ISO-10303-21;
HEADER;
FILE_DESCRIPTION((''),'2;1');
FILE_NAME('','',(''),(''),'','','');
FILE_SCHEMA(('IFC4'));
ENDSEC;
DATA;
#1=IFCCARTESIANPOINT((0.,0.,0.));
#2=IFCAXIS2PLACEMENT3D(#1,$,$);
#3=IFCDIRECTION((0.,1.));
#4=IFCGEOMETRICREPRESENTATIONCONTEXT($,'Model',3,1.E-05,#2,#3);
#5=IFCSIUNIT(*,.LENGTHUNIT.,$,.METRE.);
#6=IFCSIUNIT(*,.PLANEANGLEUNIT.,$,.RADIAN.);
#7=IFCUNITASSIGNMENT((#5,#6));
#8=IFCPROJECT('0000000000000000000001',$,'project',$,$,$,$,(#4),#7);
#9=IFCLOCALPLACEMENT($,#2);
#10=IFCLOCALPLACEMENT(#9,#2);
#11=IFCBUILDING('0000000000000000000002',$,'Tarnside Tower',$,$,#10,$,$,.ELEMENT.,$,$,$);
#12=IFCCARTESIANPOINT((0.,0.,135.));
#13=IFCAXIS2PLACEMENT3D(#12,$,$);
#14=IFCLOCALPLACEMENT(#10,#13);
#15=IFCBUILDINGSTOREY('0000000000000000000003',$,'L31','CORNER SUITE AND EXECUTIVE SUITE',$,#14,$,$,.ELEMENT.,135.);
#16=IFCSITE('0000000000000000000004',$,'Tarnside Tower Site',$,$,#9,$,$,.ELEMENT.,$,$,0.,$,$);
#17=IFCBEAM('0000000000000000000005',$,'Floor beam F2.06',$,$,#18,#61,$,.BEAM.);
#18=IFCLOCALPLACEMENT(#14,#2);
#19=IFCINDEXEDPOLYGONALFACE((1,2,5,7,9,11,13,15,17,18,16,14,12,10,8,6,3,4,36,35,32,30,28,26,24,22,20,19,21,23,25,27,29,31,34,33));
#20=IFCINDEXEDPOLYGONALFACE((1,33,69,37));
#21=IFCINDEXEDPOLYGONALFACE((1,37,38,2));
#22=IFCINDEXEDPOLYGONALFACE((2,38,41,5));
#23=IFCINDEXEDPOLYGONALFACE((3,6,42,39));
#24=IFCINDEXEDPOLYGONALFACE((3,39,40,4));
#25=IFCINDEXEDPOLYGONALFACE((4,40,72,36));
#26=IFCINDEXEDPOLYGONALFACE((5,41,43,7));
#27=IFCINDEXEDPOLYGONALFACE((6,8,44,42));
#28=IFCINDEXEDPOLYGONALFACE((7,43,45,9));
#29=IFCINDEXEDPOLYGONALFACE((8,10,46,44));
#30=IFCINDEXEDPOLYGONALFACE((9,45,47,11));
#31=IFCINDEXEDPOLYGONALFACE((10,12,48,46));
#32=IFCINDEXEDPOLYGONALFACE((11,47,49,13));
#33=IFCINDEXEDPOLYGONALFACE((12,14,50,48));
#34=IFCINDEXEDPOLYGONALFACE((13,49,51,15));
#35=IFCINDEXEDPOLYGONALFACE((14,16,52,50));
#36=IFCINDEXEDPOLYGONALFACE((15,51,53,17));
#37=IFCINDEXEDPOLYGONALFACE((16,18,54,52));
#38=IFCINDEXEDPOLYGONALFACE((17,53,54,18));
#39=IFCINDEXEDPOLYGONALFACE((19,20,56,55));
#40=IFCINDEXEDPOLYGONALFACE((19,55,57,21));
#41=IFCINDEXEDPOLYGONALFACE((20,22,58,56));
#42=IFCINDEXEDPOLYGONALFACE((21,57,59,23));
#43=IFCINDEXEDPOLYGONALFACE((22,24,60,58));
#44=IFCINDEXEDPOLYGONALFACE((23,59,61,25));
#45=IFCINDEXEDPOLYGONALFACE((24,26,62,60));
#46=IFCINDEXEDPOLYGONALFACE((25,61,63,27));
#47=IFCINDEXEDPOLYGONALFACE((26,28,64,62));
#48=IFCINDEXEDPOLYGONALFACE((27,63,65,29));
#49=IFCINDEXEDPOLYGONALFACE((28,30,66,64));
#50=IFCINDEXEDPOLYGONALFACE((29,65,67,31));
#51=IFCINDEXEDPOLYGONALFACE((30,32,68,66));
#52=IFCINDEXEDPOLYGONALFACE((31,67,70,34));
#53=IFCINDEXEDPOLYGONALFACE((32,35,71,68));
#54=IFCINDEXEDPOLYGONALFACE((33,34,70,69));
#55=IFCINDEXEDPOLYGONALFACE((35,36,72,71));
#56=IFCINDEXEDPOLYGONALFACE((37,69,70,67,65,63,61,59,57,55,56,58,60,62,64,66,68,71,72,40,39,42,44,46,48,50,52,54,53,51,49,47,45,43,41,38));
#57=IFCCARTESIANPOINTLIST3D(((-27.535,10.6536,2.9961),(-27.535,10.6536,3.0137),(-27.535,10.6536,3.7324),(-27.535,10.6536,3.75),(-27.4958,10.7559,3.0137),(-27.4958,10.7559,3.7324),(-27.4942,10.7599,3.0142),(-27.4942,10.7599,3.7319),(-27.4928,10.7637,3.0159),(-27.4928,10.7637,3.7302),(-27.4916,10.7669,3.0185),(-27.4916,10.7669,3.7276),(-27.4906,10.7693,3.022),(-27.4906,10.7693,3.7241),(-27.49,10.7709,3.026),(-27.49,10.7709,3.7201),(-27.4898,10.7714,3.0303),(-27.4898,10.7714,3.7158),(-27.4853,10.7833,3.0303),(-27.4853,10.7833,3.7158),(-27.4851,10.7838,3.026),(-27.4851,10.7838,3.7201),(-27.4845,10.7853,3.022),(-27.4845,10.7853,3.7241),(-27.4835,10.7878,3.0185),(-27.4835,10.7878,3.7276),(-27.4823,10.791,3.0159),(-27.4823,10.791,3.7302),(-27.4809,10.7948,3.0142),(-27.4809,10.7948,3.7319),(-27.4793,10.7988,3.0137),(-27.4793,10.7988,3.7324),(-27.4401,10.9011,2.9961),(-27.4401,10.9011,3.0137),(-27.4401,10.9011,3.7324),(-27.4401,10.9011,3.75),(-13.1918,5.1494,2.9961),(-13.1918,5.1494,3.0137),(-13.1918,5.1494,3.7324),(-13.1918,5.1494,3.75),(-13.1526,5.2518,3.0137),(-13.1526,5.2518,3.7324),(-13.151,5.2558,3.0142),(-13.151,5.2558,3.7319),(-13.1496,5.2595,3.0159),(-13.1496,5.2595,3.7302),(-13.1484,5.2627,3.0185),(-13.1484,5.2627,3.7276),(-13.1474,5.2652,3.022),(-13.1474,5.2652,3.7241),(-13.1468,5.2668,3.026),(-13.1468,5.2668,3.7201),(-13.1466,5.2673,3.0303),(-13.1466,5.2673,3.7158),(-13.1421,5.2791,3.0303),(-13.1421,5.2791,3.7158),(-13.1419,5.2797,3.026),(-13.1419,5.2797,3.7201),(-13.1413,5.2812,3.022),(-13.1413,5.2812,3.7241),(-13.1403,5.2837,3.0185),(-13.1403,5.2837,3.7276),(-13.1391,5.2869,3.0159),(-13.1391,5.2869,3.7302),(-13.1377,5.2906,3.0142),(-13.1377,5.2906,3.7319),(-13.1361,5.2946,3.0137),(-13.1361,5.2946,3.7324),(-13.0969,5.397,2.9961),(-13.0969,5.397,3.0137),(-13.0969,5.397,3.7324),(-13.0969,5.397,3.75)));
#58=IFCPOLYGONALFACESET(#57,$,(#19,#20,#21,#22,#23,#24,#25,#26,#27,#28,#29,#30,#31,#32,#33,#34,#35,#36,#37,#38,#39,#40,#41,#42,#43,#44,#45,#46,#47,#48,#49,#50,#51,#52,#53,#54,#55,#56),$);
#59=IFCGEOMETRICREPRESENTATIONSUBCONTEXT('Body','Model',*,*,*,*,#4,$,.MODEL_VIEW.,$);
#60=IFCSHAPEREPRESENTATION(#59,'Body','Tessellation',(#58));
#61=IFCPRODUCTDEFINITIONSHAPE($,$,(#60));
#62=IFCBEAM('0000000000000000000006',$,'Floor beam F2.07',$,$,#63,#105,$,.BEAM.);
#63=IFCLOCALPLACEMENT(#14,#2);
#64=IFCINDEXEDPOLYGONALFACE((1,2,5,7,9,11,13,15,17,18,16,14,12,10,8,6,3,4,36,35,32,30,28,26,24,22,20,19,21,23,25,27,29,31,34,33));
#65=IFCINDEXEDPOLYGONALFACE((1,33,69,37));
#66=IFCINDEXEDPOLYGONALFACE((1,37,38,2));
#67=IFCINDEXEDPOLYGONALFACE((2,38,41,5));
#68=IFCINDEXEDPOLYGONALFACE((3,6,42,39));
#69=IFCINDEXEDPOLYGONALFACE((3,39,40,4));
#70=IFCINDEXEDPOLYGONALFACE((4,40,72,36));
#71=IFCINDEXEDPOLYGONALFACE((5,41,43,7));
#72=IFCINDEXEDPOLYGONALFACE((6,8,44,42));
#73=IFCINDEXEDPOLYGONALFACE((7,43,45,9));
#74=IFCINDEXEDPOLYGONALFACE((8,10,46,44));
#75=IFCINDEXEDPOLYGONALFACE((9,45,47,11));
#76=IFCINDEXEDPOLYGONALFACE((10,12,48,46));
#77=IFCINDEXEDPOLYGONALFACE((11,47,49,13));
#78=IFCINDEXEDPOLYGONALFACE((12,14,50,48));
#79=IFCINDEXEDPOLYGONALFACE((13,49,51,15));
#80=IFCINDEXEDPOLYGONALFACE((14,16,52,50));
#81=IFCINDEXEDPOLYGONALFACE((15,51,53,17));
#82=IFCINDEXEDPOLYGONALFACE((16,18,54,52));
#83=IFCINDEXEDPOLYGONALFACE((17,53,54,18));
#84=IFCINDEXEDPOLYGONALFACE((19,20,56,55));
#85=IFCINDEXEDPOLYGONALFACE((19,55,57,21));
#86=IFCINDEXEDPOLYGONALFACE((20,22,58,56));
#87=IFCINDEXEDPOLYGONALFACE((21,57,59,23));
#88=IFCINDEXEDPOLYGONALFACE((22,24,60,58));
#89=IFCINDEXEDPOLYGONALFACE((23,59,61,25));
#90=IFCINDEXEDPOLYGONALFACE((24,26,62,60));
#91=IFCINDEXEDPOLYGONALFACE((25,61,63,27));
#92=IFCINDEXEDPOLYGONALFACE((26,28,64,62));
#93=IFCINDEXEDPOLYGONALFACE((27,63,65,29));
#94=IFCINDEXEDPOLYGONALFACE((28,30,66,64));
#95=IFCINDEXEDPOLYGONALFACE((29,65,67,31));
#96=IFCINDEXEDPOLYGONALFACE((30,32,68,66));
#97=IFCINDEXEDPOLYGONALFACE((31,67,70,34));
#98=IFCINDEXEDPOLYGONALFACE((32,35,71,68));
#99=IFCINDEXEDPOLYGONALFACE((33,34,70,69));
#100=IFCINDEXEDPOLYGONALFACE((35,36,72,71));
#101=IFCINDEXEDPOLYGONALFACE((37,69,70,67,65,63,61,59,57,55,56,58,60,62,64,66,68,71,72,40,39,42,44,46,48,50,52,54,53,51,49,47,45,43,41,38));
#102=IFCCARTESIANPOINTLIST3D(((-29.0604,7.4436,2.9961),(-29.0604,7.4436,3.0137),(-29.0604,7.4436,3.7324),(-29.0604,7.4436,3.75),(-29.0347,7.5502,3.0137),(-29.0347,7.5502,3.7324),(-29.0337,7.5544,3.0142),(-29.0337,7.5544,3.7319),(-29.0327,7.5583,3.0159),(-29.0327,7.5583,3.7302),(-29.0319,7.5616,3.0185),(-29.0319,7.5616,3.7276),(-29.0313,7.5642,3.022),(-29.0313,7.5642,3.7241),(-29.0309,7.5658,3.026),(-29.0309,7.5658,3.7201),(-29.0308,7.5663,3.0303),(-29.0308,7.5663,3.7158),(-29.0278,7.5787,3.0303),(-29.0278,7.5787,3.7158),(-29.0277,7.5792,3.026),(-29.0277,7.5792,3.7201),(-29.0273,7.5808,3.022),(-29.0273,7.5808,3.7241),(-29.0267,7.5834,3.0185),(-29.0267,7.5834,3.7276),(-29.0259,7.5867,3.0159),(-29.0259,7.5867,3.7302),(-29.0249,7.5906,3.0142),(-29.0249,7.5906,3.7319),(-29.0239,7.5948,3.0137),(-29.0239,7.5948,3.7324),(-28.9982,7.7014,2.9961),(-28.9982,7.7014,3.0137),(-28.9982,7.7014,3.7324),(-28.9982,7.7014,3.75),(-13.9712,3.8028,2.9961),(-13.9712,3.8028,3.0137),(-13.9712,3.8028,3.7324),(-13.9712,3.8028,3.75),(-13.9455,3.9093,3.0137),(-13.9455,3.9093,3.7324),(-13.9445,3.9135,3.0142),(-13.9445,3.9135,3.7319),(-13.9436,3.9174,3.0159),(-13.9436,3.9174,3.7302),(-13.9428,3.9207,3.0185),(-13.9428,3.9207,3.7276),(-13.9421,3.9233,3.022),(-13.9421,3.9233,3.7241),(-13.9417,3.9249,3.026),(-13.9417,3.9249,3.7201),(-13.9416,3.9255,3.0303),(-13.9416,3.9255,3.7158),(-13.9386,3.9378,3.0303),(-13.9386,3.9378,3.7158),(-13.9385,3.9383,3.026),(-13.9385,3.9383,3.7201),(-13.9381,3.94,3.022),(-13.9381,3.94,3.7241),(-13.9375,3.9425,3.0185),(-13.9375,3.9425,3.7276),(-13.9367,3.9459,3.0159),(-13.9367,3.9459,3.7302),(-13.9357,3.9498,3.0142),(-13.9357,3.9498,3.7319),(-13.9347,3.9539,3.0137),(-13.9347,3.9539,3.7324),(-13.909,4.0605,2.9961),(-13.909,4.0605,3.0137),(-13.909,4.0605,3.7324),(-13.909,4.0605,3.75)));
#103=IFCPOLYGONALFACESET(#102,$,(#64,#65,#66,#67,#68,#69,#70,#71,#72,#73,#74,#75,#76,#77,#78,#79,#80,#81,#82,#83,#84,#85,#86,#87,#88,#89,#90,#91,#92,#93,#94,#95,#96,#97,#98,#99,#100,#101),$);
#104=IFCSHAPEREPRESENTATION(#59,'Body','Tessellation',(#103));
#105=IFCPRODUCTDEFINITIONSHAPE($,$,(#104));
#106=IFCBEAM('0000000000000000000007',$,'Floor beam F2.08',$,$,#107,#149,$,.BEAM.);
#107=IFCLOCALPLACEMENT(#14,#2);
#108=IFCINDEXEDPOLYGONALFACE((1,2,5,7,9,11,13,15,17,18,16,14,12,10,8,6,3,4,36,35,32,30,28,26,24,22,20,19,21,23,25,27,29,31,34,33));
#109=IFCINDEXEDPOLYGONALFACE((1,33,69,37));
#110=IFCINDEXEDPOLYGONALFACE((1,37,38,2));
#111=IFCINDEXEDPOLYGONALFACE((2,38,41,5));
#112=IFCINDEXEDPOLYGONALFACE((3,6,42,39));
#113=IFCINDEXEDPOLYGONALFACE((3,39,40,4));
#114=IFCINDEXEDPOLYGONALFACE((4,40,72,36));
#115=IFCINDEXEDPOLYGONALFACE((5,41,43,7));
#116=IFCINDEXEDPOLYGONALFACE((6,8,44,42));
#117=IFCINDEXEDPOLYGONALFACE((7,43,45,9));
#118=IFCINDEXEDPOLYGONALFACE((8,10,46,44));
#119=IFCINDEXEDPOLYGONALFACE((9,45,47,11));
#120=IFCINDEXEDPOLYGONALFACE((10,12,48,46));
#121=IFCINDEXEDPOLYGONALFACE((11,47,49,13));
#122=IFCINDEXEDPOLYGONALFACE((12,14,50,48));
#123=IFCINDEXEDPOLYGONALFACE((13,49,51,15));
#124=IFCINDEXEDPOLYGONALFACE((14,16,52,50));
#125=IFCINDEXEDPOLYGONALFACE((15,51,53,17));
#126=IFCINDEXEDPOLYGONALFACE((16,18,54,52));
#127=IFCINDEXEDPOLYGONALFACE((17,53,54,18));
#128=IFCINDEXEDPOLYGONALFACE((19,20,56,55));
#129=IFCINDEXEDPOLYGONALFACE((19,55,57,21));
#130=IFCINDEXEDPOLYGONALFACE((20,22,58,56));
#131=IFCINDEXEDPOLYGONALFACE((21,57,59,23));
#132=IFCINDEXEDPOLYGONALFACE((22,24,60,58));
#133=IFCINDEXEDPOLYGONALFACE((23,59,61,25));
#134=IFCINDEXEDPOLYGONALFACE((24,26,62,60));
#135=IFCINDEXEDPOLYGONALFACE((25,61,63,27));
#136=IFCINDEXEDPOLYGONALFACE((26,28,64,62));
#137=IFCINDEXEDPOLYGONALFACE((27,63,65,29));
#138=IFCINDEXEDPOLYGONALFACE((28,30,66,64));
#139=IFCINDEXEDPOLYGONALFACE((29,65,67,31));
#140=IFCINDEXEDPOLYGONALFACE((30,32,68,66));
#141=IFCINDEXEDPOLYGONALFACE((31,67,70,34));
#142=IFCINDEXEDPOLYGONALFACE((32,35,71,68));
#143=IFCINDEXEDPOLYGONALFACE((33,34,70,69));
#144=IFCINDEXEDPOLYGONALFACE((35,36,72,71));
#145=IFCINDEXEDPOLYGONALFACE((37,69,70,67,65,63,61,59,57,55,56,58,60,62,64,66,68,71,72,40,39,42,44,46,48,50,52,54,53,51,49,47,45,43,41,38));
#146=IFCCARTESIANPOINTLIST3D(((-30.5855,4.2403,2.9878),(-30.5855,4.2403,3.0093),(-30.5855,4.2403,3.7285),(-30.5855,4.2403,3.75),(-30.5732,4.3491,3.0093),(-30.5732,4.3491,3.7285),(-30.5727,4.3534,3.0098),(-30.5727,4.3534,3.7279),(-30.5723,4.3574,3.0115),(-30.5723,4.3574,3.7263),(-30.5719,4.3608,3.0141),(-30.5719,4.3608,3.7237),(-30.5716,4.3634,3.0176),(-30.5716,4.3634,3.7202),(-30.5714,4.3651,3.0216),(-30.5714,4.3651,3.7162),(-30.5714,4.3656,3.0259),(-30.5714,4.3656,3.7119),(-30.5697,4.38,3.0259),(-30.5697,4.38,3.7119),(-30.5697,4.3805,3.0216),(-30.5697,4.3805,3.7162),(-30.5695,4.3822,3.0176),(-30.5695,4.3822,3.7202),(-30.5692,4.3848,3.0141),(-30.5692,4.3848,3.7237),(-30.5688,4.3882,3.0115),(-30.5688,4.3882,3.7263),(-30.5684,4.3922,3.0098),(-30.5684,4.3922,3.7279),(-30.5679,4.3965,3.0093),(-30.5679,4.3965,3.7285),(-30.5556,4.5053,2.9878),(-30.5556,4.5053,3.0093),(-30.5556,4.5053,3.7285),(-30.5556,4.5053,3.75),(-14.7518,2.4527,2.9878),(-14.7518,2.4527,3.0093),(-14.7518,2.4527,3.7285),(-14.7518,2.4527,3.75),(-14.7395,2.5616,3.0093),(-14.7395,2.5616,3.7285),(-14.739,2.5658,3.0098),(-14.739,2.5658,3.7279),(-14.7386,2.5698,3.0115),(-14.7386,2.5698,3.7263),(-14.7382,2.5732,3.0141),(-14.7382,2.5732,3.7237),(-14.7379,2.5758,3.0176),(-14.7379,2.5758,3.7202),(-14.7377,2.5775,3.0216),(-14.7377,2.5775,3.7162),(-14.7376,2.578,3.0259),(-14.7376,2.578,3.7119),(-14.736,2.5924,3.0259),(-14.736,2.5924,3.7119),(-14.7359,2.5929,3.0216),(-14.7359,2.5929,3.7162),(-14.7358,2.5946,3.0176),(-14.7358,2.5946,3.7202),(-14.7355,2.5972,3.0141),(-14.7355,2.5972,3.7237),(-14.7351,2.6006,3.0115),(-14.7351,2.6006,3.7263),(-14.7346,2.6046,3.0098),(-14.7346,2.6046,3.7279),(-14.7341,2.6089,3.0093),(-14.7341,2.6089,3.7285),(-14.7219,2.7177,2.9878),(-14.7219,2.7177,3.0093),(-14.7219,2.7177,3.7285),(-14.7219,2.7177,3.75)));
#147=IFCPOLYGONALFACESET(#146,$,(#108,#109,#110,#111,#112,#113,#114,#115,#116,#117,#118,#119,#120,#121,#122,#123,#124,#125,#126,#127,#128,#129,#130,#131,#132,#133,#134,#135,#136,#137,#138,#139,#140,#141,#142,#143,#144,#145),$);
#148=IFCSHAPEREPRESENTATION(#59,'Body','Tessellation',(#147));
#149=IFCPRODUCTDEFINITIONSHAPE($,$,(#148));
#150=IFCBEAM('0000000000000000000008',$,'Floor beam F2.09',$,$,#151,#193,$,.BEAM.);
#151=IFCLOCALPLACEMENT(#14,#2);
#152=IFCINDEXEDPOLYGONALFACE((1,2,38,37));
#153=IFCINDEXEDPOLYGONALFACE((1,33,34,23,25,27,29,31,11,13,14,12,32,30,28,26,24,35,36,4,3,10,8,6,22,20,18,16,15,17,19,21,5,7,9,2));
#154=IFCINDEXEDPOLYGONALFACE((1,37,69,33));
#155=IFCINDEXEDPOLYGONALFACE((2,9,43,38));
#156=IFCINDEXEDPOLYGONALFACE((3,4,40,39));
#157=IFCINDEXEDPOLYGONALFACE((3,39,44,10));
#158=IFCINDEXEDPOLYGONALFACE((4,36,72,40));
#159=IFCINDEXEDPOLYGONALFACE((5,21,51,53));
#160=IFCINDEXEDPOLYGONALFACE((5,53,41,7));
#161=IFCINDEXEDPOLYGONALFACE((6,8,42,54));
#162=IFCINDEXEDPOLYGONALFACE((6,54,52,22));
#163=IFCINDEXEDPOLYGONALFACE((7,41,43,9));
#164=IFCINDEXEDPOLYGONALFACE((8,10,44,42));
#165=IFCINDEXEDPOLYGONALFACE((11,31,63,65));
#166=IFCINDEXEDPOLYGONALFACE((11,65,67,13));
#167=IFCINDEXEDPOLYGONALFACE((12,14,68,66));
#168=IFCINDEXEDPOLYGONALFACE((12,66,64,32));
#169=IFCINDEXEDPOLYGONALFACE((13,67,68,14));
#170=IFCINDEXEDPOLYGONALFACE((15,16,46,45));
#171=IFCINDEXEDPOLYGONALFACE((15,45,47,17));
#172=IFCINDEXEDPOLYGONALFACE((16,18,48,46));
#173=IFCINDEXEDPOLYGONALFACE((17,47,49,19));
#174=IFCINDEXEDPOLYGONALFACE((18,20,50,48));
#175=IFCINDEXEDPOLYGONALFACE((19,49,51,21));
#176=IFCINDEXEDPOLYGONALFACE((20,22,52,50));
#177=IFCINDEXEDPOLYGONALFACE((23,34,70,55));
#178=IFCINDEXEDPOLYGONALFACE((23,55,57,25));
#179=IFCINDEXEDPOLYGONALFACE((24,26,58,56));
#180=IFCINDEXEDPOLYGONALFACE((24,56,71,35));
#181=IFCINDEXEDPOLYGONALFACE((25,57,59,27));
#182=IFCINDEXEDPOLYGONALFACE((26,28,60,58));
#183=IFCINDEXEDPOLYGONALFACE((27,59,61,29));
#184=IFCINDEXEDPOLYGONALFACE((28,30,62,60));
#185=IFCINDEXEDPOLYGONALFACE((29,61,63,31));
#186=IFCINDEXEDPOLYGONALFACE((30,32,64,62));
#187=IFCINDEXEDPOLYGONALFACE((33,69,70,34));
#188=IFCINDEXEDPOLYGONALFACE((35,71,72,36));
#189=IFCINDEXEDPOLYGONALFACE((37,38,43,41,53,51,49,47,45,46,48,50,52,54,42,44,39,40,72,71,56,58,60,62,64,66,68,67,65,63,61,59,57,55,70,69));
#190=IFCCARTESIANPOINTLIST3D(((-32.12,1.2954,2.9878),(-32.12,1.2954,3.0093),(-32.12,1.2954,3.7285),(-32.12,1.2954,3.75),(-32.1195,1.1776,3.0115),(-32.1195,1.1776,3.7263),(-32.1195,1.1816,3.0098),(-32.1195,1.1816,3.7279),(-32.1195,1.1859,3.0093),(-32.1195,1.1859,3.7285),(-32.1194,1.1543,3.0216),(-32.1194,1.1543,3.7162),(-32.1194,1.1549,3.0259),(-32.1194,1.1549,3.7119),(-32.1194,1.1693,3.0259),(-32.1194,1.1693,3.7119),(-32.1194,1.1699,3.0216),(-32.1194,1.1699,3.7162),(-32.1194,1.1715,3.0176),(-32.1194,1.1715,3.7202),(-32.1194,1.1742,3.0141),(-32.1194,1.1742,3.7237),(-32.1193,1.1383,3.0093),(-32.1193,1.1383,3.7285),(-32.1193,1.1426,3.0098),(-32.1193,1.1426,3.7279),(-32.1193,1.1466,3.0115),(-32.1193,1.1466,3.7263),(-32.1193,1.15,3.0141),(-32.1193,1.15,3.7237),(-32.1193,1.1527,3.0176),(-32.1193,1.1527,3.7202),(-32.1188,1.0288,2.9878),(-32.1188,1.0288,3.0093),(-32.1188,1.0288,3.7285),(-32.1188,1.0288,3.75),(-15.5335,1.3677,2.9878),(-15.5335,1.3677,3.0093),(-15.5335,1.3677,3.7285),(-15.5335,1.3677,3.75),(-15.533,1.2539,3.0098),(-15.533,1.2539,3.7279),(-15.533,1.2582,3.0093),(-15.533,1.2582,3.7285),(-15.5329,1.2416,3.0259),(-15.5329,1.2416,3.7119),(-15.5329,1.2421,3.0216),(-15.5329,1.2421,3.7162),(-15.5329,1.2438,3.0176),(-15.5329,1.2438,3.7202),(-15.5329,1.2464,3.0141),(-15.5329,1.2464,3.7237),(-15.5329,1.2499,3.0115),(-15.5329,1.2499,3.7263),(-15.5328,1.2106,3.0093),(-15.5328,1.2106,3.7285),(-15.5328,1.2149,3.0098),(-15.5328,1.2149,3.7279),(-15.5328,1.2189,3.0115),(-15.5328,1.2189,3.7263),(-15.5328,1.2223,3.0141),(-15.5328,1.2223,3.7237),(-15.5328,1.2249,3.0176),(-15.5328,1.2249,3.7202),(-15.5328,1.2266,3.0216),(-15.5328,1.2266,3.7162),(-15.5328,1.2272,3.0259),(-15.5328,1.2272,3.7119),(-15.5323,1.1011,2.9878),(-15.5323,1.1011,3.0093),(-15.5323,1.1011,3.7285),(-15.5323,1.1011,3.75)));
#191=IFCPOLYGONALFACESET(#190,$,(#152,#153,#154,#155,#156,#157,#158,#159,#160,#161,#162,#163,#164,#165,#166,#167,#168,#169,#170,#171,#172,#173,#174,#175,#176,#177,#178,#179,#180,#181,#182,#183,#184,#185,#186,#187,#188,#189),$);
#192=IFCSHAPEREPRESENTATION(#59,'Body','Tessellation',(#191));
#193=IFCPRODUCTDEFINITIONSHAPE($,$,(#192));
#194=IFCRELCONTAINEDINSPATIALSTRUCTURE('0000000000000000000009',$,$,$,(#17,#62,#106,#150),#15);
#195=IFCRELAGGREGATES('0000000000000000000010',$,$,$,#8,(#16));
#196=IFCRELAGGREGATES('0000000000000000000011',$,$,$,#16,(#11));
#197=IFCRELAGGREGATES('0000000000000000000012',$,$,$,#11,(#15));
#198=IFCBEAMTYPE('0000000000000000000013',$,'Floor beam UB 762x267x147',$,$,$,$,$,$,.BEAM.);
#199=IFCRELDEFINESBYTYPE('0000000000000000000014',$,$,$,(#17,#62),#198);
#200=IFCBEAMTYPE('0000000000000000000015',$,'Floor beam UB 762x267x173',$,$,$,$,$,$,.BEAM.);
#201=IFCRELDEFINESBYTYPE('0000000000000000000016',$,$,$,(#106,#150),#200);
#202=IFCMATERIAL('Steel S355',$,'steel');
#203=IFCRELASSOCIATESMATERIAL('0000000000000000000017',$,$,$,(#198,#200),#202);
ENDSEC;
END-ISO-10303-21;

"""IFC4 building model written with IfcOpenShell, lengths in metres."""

from ifc_helpers import new_model, si_unit, direction, frame, origin, origin_2d, place, context, subcontext, project, spatial, i_section, extrude, material, material_profile, profile_set, type_object, element, save


model = new_model("IFC4")

# Units and contexts
model_context = context("Model", 3, precision=1e-05, world=origin(), true_north=direction((0.0, 1.0)))
body_context = subcontext(model_context, "Body", "Model", "MODEL_VIEW")
ifc_project = project(units=[si_unit("LENGTHUNIT", "METRE"), si_unit("PLANEANGLEUNIT", "RADIAN")], contexts=[model_context])

# Site, building, storey
site_placement = place(None, origin())
site = spatial("IfcSite", under=ifc_project, at=site_placement, Name="Tarnside Tower Site", CompositionType="ELEMENT", RefElevation=0.0)
building_placement = place(site_placement, origin())
building = spatial("IfcBuilding", under=site, at=building_placement, Name="Tarnside Tower", CompositionType="ELEMENT")
storey_placement = place(building_placement, frame((0.0, 0.0, 135.0)))
storey = spatial("IfcBuildingStorey", under=building, at=storey_placement, Name="L31", Description="CORNER SUITE AND EXECUTIVE SUITE", CompositionType="ELEMENT", Elevation=135.0)

# Beams
ifc_material_1 = material(Name="Steel S355", Category="steel")
ifc_material_profile_1 = material_profile(ifc_material_1, i_section(OverallWidth=0.2651, OverallDepth=0.7539, WebThickness=0.0127, FlangeThickness=0.0176, FilletRadius=0.0166, at=origin_2d()), Name="UB 762x267x147")
ifc_profile_set_1 = profile_set([ifc_material_profile_1], Name="Steel S355")
beam_type_1 = type_object("IfcBeamType", Name="Floor beam UB 762x267x147", PredefinedType="BEAM", material=ifc_profile_set_1)
beam_1_placement = place(storey_placement, frame((-27.4875, 10.7773, 3.373), z_axis=(0.933618, -0.358271, 0.0), x_axis=(0.358271, 0.933618, 0.0)))
element("IfcBeam", 1, at=beam_1_placement, inside=storey, type_object=beam_type_1, Name="Floor beam F2.06", PredefinedType="BEAM", context=body_context, shape_type="SweptSolid", body=[
    extrude(i_section(OverallWidth=0.2651, OverallDepth=0.7539, WebThickness=0.0127, FlangeThickness=0.0176, FilletRadius=0.0166, at=origin_2d()), origin(), (0.0, 0.0, 1.0), 15.363),
])
beam_2_placement = place(storey_placement, frame((-29.0293, 7.5725, 3.373), z_axis=(0.972102, -0.23456, 0.0), x_axis=(0.23456, 0.972102, 0.0)))
element("IfcBeam", 2, at=beam_2_placement, inside=storey, type_object=beam_type_1, Name="Floor beam F2.07", PredefinedType="BEAM", context=body_context, shape_type="SweptSolid", body=[
    extrude(i_section(OverallWidth=0.2651, OverallDepth=0.7539, WebThickness=0.0127, FlangeThickness=0.0176, FilletRadius=0.0166, at=origin_2d()), origin(), (0.0, 0.0, 1.0), 15.5222),
])
ifc_material_profile_2 = material_profile(ifc_material_1, i_section(OverallWidth=0.2666, OverallDepth=0.7622, WebThickness=0.0144, FlangeThickness=0.0215, FilletRadius=0.0166, at=origin_2d()), Name="UB 762x267x173")
ifc_profile_set_2 = profile_set([ifc_material_profile_2], Name="Steel S355")
beam_type_2 = type_object("IfcBeamType", Name="Floor beam UB 762x267x173", PredefinedType="BEAM", material=ifc_profile_set_2)
beam_3_placement = place(storey_placement, frame((-30.5706, 4.3728, 3.3689), z_axis=(0.993687, -0.112185, 0.0), x_axis=(0.112185, 0.993687, 0.0)))
element("IfcBeam", 3, at=beam_3_placement, inside=storey, type_object=beam_type_2, Name="Floor beam F2.08", PredefinedType="BEAM", context=body_context, shape_type="SweptSolid", body=[
    extrude(i_section(OverallWidth=0.2666, OverallDepth=0.7622, WebThickness=0.0144, FlangeThickness=0.0215, FilletRadius=0.0166, at=origin_2d()), origin(), (0.0, 0.0, 1.0), 15.9343),
])
beam_4_placement = place(storey_placement, frame((-32.1194, 1.1621, 3.3689), z_axis=(0.999991, 0.004357, 0.0), x_axis=(-0.004357, 0.999991, 0.0)))
element("IfcBeam", 4, at=beam_4_placement, inside=storey, type_object=beam_type_2, Name="Floor beam F2.09", PredefinedType="BEAM", context=body_context, shape_type="SweptSolid", body=[
    extrude(i_section(OverallWidth=0.2666, OverallDepth=0.7622, WebThickness=0.0144, FlangeThickness=0.0215, FilletRadius=0.0166, at=origin_2d()), origin(), (0.0, 0.0, 1.0), 16.5867),
])

save(model, "model.ifc")
